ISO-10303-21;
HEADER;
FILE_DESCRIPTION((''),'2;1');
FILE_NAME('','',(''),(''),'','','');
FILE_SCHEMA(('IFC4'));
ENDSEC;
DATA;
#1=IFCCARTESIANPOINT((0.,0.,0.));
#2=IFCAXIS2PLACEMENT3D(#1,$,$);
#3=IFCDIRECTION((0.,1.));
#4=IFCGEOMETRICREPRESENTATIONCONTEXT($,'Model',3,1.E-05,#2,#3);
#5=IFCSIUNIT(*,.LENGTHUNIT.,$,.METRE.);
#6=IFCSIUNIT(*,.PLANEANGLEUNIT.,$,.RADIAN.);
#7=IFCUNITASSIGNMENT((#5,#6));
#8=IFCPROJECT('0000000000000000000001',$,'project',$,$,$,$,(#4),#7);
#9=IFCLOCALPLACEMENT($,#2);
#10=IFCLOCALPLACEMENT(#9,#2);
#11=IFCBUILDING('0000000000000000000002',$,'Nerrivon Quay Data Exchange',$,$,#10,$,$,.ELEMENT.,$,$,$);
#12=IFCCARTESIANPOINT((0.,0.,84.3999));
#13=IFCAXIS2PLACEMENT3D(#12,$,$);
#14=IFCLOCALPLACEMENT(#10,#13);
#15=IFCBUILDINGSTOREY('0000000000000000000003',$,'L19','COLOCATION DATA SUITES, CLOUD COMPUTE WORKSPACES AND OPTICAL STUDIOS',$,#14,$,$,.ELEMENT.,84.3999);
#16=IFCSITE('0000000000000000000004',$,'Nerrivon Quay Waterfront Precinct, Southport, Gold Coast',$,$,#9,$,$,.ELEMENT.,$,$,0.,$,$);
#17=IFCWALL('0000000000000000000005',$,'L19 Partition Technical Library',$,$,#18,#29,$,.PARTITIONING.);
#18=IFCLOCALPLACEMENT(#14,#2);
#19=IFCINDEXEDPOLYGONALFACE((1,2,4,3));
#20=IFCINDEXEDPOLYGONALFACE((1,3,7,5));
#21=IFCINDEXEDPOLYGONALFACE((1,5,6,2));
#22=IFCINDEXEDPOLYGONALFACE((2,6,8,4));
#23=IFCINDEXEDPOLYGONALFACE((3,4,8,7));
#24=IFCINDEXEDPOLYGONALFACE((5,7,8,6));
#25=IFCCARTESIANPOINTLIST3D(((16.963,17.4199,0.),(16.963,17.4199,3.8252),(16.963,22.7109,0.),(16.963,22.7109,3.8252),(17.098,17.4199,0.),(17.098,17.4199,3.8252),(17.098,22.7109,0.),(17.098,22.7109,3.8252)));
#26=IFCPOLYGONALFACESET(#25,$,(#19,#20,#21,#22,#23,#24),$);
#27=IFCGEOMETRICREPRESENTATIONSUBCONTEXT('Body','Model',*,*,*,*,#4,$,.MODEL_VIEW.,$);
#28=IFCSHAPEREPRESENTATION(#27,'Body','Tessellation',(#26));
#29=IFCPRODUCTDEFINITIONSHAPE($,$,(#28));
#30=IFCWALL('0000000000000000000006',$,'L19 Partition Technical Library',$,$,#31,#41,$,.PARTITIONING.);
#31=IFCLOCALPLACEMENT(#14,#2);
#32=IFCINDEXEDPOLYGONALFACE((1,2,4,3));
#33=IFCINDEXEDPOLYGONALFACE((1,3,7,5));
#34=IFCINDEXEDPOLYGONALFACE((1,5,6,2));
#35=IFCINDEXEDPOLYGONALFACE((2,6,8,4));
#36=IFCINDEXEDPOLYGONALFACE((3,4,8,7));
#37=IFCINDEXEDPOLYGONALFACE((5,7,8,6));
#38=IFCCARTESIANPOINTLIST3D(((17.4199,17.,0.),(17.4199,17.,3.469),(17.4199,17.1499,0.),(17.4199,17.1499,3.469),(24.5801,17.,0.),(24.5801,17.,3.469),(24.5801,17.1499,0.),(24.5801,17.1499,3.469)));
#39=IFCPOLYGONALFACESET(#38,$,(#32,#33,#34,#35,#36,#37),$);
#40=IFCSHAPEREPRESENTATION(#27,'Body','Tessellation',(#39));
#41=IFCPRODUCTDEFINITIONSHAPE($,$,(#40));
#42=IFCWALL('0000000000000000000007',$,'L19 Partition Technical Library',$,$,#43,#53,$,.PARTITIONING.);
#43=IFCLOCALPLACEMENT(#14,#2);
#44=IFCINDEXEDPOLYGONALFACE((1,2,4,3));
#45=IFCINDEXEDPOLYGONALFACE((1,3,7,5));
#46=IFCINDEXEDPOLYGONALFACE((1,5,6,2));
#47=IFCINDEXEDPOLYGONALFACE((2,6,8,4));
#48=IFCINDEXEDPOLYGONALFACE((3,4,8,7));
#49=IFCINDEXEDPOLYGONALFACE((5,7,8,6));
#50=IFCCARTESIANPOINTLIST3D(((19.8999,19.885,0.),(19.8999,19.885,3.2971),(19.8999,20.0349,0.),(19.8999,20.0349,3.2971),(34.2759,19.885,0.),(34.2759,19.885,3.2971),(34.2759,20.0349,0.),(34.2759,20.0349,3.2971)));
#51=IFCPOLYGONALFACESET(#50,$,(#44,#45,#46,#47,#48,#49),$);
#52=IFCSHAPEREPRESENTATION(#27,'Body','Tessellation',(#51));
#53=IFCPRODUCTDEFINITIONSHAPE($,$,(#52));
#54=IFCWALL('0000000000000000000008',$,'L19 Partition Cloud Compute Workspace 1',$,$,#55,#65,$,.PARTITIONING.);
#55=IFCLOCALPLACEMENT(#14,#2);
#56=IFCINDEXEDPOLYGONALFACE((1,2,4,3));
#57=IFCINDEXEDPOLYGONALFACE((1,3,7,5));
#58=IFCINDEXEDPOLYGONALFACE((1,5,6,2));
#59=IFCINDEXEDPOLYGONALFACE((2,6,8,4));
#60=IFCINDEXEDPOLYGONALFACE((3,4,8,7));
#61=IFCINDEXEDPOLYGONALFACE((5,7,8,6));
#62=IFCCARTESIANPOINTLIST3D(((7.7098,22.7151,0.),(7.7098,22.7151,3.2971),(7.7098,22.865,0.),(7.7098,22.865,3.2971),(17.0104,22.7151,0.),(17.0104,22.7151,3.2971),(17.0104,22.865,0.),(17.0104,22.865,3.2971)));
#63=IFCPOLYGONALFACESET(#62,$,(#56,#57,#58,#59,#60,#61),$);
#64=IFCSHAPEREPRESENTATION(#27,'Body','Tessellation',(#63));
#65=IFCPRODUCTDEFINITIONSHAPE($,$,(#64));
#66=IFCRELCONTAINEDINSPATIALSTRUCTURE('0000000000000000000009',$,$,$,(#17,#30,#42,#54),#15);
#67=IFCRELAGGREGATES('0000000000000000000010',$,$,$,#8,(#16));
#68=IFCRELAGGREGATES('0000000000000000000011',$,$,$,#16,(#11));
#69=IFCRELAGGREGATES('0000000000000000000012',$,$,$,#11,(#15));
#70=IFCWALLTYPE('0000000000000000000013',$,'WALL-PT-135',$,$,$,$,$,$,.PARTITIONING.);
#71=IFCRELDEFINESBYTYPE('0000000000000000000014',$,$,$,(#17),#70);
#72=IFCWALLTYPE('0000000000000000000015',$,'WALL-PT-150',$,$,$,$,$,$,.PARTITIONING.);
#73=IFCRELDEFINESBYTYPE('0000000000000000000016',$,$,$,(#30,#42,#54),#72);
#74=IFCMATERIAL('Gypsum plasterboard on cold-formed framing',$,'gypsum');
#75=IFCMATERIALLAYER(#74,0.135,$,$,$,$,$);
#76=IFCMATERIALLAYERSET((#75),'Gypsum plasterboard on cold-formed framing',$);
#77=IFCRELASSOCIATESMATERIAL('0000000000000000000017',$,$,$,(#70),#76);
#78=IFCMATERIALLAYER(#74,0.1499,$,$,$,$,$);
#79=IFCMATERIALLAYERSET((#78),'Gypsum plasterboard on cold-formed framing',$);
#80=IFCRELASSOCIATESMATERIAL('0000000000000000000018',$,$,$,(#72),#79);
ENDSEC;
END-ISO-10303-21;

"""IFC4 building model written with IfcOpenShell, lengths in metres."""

from ifc_helpers import new_model, si_unit, direction, frame, frame_2d, origin, place, context, subcontext, project, spatial, rectangle, extrude, material, layer, layer_set, type_object, element, save


model = new_model("IFC4")

# Units and contexts
model_context = context("Model", 3, precision=1e-05, world=origin(), true_north=direction((0.0, 1.0)))
body_context = subcontext(model_context, "Body", "Model", "MODEL_VIEW")
ifc_project = project(units=[si_unit("LENGTHUNIT", "METRE"), si_unit("PLANEANGLEUNIT", "RADIAN")], contexts=[model_context])

# Site, building, storey
site_placement = place(None, origin())
site = spatial("IfcSite", under=ifc_project, at=site_placement, Name="Nerrivon Quay Waterfront Precinct, Southport, Gold Coast", CompositionType="ELEMENT", RefElevation=0.0)
building_placement = place(site_placement, origin())
building = spatial("IfcBuilding", under=site, at=building_placement, Name="Nerrivon Quay Data Exchange", CompositionType="ELEMENT")
storey_placement = place(building_placement, frame((0.0, 0.0, 84.3999)))
storey = spatial("IfcBuildingStorey", under=building, at=storey_placement, Name="L19", Description="COLOCATION DATA SUITES, CLOUD COMPUTE WORKSPACES AND OPTICAL STUDIOS", CompositionType="ELEMENT", Elevation=84.3999)

# Shared definitions
ifc_material_1 = material(Name="Gypsum plasterboard on cold-formed framing", Category="gypsum")

# Walls
ifc_layer_1 = layer(ifc_material_1, 0.135)
ifc_layer_set_1 = layer_set([ifc_layer_1], Name="Gypsum plasterboard on cold-formed framing")
wall_type_1 = type_object("IfcWallType", Name="WALL-PT-135", PredefinedType="PARTITIONING", material=ifc_layer_set_1)
wall_1_placement = place(storey_placement, frame((17.0305, 22.7109, 0.0), z_axis=(0.0, 0.0, 1.0), x_axis=(0.0, -1.0, 0.0)))
element("IfcWall", 1, at=wall_1_placement, inside=storey, type_object=wall_type_1, Name="L19 Partition Technical Library", PredefinedType="PARTITIONING", context=body_context, shape_type="SweptSolid", body=[
    extrude(rectangle(XDim=5.291, YDim=0.135, at=frame_2d((2.6455, 0.0))), origin(), (0.0, 0.0, 1.0), 3.8252),
])
ifc_layer_2 = layer(ifc_material_1, 0.1499)
ifc_layer_set_2 = layer_set([ifc_layer_2], Name="Gypsum plasterboard on cold-formed framing")
wall_type_2 = type_object("IfcWallType", Name="WALL-PT-150", PredefinedType="PARTITIONING", material=ifc_layer_set_2)
wall_2_placement = place(storey_placement, frame((17.4199, 17.075, 0.0), z_axis=(0.0, 0.0, 1.0), x_axis=(1.0, 0.0, 0.0)))
element("IfcWall", 2, at=wall_2_placement, inside=storey, type_object=wall_type_2, Name="L19 Partition Technical Library", PredefinedType="PARTITIONING", context=body_context, shape_type="SweptSolid", body=[
    extrude(rectangle(XDim=7.1602, YDim=0.1499, at=frame_2d((3.5801, 0.0))), origin(), (0.0, 0.0, 1.0), 3.469),
])
wall_3_placement = place(storey_placement, frame((19.8999, 19.96, 0.0), z_axis=(0.0, 0.0, 1.0), x_axis=(1.0, 0.0, 0.0)))
element("IfcWall", 3, at=wall_3_placement, inside=storey, type_object=wall_type_2, Name="L19 Partition Technical Library", PredefinedType="PARTITIONING", context=body_context, shape_type="SweptSolid", body=[
    extrude(rectangle(XDim=14.376, YDim=0.1499, at=frame_2d((7.188, 0.0))), origin(), (0.0, 0.0, 1.0), 3.2971),
])
wall_4_placement = place(storey_placement, frame((17.0105, 22.79, 0.0), z_axis=(0.0, 0.0, 1.0), x_axis=(-1.0, 0.0, 0.0)))
element("IfcWall", 4, at=wall_4_placement, inside=storey, type_object=wall_type_2, Name="L19 Partition Cloud Compute Workspace 1", PredefinedType="PARTITIONING", context=body_context, shape_type="SweptSolid", body=[
    extrude(rectangle(XDim=9.3005, YDim=0.1499, at=frame_2d((4.6504, 0.0))), origin(), (0.0, 0.0, 1.0), 3.2971),
])

save(model, "model.ifc")
